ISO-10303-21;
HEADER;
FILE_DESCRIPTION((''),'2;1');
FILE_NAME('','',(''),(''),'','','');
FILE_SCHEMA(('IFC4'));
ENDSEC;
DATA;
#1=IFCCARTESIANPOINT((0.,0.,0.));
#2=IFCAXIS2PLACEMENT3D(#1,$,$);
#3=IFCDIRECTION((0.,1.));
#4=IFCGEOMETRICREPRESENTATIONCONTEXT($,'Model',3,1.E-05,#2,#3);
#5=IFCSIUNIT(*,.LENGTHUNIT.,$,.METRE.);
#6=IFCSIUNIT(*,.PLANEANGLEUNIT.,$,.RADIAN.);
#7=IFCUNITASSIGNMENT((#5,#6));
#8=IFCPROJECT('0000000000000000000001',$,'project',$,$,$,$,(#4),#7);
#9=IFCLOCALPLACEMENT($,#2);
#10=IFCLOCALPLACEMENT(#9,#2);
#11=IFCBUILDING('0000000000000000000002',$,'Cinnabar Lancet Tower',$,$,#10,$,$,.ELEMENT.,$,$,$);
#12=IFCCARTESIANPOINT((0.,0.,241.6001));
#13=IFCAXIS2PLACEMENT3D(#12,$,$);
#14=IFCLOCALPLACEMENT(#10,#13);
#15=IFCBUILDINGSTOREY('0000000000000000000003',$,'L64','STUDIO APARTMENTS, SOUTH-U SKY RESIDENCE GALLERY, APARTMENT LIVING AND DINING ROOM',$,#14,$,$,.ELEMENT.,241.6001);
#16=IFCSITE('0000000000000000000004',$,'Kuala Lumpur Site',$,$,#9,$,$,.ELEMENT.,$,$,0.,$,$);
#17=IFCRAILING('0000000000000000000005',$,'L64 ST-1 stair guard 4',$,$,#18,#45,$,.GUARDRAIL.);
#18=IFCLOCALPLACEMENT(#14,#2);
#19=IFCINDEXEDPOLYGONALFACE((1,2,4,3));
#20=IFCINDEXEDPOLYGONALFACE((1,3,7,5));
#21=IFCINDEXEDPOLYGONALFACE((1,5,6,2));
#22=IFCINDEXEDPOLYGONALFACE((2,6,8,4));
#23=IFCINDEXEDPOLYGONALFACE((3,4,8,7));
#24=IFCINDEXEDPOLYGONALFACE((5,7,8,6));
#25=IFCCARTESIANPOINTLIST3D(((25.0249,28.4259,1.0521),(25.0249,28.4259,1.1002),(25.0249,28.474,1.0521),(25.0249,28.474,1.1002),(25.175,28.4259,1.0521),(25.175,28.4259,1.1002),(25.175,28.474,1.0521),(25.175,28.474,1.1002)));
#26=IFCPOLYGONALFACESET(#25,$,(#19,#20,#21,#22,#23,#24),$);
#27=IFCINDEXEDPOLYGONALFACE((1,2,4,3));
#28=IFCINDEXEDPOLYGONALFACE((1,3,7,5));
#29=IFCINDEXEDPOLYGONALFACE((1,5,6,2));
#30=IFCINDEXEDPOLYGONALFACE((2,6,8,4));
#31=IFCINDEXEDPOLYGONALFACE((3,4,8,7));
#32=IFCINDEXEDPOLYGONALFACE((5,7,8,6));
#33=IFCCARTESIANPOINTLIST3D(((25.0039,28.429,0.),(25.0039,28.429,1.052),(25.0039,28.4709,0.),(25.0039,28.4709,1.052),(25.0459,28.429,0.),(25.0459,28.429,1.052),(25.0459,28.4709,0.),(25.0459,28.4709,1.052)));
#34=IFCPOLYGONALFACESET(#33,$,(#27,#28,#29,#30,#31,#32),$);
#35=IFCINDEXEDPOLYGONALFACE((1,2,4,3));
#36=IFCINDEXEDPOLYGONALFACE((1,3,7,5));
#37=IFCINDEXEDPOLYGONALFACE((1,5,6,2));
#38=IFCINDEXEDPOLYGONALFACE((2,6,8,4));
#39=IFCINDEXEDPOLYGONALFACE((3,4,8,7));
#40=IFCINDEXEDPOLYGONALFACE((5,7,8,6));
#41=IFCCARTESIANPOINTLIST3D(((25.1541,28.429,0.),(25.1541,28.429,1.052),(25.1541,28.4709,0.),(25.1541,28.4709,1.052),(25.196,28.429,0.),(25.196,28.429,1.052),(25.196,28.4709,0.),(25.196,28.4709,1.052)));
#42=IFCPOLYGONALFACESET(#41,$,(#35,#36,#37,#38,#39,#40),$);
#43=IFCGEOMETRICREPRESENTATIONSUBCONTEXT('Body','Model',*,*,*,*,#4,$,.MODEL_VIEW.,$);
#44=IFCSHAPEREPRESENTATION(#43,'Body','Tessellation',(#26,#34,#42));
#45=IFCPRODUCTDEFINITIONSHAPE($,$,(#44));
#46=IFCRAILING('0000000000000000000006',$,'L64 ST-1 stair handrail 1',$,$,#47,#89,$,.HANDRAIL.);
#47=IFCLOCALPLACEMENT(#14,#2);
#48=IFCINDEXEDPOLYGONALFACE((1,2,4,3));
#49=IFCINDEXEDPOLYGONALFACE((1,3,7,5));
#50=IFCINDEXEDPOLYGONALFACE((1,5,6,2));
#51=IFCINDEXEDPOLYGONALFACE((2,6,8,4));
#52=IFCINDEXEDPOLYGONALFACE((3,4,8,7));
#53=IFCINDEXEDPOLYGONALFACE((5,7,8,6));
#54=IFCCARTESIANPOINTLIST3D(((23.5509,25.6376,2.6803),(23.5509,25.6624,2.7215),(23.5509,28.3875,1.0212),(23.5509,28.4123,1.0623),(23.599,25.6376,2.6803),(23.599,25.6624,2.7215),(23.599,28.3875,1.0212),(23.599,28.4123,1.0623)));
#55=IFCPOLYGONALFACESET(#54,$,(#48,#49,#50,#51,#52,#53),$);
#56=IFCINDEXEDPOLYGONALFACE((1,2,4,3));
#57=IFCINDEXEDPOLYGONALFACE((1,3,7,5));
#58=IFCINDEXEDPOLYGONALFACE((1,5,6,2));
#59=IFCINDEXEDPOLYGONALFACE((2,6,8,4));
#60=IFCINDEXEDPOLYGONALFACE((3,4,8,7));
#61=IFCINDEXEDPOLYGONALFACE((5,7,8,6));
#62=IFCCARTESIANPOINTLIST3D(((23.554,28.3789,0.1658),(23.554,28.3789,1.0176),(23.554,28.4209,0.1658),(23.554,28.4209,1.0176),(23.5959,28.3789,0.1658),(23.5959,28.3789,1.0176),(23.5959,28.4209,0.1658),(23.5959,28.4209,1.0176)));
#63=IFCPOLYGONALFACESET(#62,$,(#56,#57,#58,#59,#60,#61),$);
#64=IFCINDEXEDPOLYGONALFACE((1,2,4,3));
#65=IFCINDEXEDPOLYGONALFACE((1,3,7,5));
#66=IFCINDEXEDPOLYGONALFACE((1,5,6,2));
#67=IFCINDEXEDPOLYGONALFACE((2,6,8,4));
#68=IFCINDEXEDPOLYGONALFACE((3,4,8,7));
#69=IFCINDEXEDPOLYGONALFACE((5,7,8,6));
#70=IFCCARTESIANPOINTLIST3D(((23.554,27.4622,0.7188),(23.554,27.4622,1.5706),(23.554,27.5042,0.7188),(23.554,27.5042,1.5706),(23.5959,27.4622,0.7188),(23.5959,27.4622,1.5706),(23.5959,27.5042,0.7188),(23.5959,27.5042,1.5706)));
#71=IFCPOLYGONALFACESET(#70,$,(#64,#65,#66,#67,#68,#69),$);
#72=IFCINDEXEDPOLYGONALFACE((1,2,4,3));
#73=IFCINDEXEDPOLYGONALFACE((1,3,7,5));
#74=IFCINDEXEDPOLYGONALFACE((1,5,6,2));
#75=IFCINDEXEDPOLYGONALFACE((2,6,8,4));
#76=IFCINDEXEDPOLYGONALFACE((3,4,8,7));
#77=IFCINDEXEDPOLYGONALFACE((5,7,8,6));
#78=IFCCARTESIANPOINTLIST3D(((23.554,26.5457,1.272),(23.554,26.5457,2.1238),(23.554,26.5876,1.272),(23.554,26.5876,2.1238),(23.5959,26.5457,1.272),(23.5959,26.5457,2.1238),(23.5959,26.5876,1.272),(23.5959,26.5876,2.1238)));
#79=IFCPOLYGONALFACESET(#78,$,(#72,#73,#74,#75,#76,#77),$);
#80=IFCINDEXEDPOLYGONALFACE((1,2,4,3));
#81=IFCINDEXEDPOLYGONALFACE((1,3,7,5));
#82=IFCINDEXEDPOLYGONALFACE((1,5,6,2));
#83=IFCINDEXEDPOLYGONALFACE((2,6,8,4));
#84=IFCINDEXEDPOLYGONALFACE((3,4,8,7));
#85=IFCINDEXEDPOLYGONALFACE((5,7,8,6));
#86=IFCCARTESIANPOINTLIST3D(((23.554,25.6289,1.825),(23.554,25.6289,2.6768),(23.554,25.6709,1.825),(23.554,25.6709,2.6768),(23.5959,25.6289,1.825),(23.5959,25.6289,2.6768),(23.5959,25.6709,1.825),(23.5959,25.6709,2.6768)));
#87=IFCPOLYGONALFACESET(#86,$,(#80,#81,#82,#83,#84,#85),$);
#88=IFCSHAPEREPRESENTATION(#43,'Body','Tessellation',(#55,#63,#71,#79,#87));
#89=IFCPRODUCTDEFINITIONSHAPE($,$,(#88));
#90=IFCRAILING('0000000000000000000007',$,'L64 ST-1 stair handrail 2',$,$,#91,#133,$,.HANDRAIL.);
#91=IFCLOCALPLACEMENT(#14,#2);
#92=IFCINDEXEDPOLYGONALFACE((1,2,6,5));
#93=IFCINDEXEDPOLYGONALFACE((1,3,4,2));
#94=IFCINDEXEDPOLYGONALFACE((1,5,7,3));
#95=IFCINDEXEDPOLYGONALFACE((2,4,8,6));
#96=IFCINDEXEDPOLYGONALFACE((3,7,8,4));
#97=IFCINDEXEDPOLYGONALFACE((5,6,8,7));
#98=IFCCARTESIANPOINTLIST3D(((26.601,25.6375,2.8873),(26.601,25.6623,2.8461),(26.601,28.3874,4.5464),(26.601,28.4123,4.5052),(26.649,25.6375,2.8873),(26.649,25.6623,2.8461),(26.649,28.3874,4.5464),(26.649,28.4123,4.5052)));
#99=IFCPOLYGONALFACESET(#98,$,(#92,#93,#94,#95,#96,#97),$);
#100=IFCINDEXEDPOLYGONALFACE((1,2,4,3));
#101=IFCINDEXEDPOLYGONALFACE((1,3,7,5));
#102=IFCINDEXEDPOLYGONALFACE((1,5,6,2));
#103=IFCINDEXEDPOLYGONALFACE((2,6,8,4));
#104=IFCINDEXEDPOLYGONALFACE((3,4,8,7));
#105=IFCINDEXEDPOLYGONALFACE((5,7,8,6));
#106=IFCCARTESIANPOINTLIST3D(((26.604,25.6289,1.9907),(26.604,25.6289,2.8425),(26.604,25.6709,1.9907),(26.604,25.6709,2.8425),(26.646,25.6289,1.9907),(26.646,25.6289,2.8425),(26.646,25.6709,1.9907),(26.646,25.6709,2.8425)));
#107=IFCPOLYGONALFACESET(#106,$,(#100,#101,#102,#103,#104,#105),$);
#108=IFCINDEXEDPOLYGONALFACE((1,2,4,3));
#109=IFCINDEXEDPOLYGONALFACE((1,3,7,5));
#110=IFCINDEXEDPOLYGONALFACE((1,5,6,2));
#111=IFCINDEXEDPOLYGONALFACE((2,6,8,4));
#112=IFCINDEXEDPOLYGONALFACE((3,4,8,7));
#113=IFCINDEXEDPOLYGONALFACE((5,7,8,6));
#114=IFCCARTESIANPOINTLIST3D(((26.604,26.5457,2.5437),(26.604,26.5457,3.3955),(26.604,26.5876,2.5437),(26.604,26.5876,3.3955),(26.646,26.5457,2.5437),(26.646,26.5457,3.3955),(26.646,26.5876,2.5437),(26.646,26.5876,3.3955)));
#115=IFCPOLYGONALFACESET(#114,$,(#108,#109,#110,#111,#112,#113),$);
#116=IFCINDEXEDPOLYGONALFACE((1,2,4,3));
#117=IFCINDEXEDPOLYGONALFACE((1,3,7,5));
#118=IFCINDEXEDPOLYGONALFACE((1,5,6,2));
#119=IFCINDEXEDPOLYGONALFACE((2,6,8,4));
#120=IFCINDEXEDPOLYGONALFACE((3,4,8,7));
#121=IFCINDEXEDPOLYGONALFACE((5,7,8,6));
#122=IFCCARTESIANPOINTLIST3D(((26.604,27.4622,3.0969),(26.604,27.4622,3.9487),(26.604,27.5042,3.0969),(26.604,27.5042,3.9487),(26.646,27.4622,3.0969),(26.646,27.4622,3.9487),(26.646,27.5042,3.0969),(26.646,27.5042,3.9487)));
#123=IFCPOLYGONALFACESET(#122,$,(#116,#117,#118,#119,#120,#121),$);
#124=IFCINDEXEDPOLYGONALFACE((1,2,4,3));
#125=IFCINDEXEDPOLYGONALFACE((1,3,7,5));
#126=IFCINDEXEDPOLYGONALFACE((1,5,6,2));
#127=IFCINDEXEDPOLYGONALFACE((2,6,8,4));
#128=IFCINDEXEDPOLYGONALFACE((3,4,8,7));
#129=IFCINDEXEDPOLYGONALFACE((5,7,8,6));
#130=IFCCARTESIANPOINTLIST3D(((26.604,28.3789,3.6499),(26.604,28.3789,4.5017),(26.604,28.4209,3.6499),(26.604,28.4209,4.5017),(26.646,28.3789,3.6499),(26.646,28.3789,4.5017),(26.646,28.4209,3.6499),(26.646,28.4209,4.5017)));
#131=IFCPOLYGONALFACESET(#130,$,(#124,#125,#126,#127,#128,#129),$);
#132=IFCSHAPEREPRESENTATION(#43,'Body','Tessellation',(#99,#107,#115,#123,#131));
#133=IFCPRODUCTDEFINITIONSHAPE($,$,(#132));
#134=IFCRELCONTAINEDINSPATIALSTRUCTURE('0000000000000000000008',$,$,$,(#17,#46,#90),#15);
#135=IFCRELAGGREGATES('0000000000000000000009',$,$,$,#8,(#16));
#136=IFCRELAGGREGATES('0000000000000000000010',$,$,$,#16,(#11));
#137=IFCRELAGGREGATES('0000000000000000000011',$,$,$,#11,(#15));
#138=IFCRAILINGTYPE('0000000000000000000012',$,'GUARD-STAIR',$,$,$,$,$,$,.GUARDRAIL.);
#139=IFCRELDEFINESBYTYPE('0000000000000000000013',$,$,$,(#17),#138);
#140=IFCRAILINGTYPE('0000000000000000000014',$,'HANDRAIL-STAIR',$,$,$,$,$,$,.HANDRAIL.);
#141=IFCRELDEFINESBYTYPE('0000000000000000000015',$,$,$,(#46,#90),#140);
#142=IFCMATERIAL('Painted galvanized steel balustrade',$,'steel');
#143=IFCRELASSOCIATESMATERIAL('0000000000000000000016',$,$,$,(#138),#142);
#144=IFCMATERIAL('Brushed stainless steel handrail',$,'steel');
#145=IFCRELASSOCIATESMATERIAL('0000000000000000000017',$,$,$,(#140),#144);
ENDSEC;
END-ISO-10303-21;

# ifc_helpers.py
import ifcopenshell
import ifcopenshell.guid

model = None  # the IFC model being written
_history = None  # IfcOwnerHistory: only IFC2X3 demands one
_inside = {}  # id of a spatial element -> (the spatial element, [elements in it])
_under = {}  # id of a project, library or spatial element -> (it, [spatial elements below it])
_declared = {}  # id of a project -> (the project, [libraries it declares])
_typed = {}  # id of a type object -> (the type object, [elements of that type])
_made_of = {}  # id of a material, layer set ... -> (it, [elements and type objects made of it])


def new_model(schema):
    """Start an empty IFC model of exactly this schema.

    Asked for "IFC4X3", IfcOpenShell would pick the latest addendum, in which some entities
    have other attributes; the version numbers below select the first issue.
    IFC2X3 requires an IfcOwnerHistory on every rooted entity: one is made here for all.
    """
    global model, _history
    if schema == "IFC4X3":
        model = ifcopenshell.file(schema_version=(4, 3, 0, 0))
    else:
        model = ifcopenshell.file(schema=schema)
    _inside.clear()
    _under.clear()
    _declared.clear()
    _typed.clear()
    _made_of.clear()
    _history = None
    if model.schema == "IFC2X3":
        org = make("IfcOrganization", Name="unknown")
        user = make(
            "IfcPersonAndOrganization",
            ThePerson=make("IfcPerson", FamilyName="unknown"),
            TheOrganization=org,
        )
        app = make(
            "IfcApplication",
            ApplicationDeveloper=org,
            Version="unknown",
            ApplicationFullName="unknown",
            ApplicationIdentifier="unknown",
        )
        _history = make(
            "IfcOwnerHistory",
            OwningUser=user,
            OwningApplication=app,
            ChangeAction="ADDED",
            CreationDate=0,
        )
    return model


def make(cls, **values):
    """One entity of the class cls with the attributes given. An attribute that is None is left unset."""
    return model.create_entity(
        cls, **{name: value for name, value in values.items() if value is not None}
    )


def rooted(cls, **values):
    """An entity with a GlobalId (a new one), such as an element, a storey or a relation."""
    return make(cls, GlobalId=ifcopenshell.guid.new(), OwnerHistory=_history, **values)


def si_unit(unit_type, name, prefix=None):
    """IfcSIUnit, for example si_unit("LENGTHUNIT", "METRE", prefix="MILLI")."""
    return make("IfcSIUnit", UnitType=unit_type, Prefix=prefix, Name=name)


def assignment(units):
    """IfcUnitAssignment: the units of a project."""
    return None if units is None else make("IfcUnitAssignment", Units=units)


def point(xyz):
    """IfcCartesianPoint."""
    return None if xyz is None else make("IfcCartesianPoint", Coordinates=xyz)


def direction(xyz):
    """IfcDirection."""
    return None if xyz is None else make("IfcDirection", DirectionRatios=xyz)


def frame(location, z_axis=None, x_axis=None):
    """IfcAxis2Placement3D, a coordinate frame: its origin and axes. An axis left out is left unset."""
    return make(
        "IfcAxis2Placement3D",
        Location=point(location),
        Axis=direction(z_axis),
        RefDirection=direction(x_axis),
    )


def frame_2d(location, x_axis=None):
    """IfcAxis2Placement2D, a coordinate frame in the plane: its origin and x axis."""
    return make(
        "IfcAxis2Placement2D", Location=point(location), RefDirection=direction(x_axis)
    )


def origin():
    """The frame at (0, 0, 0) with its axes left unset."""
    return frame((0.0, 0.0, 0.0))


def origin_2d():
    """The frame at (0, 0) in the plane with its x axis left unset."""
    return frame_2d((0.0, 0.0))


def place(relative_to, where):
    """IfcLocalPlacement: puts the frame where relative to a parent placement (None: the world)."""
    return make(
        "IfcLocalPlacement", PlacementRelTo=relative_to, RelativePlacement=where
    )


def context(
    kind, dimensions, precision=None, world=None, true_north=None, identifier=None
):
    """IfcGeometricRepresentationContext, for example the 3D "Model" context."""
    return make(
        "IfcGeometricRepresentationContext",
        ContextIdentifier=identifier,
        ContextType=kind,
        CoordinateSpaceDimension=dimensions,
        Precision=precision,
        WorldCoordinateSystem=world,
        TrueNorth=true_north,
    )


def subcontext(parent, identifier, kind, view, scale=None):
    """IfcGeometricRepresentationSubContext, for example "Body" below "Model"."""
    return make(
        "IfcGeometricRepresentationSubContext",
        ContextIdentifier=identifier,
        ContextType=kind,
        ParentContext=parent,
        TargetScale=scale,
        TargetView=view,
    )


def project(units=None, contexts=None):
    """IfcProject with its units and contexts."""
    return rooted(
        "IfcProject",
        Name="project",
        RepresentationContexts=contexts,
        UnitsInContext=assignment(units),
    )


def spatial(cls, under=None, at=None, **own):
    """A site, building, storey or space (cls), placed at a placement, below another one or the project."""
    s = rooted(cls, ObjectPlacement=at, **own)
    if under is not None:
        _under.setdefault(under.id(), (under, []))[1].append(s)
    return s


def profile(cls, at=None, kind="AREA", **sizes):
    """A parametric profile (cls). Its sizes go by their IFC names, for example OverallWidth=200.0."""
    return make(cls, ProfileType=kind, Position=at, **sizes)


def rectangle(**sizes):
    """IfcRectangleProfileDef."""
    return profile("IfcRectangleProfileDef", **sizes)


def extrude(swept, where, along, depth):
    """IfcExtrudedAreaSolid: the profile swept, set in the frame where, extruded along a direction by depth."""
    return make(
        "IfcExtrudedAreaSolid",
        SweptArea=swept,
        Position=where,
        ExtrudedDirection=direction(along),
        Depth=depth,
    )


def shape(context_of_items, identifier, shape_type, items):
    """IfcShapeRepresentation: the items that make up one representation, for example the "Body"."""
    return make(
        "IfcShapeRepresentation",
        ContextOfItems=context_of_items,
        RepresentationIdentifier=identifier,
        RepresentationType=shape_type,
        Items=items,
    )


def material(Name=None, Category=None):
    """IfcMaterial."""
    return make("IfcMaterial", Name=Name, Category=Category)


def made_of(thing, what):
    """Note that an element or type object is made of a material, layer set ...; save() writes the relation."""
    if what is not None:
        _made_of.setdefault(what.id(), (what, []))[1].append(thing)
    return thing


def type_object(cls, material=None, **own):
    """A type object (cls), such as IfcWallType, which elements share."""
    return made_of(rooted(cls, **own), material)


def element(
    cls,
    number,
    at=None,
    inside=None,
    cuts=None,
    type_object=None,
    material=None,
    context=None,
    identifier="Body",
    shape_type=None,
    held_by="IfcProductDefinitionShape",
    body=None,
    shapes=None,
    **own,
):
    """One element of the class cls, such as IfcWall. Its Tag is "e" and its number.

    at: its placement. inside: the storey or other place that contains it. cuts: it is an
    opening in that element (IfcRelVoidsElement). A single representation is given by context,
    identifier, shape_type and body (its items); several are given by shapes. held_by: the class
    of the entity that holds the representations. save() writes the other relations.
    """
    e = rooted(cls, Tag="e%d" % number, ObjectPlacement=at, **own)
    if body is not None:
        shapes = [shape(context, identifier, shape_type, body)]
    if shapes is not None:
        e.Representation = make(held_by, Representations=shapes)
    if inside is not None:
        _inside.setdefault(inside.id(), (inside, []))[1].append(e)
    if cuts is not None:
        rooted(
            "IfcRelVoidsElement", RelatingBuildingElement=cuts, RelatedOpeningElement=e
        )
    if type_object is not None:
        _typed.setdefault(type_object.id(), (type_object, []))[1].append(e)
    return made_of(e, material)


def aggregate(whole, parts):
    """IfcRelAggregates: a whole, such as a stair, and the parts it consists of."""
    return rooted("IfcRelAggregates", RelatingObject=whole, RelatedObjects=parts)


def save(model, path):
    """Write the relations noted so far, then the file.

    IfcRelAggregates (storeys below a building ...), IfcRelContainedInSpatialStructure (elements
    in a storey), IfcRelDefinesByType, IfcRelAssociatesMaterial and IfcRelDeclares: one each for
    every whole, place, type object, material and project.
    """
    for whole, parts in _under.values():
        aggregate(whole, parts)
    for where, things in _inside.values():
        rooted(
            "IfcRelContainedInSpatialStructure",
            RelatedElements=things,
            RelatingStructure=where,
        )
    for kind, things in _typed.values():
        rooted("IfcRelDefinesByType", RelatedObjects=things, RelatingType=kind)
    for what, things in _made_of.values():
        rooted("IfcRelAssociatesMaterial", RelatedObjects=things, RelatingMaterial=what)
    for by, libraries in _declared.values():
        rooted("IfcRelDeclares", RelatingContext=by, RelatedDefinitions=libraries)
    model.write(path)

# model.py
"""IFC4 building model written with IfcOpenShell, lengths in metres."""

from ifc_helpers import new_model, si_unit, direction, frame, origin, origin_2d, place, context, subcontext, project, spatial, rectangle, extrude, material, type_object, element, save


model = new_model("IFC4")

# Units and contexts
model_context = context("Model", 3, precision=1e-05, world=origin(), true_north=direction((0.0, 1.0)))
body_context = subcontext(model_context, "Body", "Model", "MODEL_VIEW")
ifc_project = project(units=[si_unit("LENGTHUNIT", "METRE"), si_unit("PLANEANGLEUNIT", "RADIAN")], contexts=[model_context])

# Site, building, storey
site_placement = place(None, origin())
site = spatial("IfcSite", under=ifc_project, at=site_placement, Name="Kuala Lumpur Site", CompositionType="ELEMENT", RefElevation=0.0)
building_placement = place(site_placement, origin())
building = spatial("IfcBuilding", under=site, at=building_placement, Name="Cinnabar Lancet Tower", CompositionType="ELEMENT")
storey_placement = place(building_placement, frame((0.0, 0.0, 241.6001)))
storey = spatial("IfcBuildingStorey", under=building, at=storey_placement, Name="L64", Description="STUDIO APARTMENTS, SOUTH-U SKY RESIDENCE GALLERY, APARTMENT LIVING AND DINING ROOM", CompositionType="ELEMENT", Elevation=241.6001)

# Railings
ifc_material_1 = material(Name="Painted galvanized steel balustrade", Category="steel")
railing_type_1 = type_object("IfcRailingType", Name="GUARD-STAIR", PredefinedType="GUARDRAIL", material=ifc_material_1)
railing_1_placement = place(storey_placement, frame((25.0249, 28.45, 0.0)))
element("IfcRailing", 1, at=railing_1_placement, inside=storey, type_object=railing_type_1, Name="L64 ST-1 stair guard 4", PredefinedType="GUARDRAIL", context=body_context, shape_type="SweptSolid", body=[
    extrude(rectangle(XDim=0.0481, YDim=0.0481, at=origin_2d()), frame((0.0, 0.0, 1.0762), z_axis=(1.0, 0.0, 0.0), x_axis=(0.0, 1.0, 0.0)), (0.0, 0.0, 1.0), 0.1501),
    extrude(rectangle(XDim=0.042, YDim=0.042, at=origin_2d()), origin(), (0.0, 0.0, 1.0), 1.052),
    extrude(rectangle(XDim=0.042, YDim=0.042, at=origin_2d()), frame((0.1501, 0.0, 0.0)), (0.0, 0.0, 1.0), 1.052),
])
ifc_material_2 = material(Name="Brushed stainless steel handrail", Category="steel")
railing_type_2 = type_object("IfcRailingType", Name="HANDRAIL-STAIR", PredefinedType="HANDRAIL", material=ifc_material_2)
railing_2_placement = place(storey_placement, frame((23.575, 28.3999, 0.1658)))
element("IfcRailing", 2, at=railing_2_placement, inside=storey, type_object=railing_type_2, Name="L64 ST-1 stair handrail 1", PredefinedType="HANDRAIL", context=body_context, shape_type="SweptSolid", body=[
    extrude(rectangle(XDim=0.0481, YDim=0.0481, at=origin_2d()), frame((0.0, 0.0, 0.876), z_axis=(0.0, -0.856229, 0.516596), x_axis=(1.0, 0.0, 0.0)), (0.0, 0.0, 1.0), 3.2117),
    extrude(rectangle(XDim=0.042, YDim=0.042, at=origin_2d()), origin(), (0.0, 0.0, 1.0), 0.8518),
    extrude(rectangle(XDim=0.042, YDim=0.042, at=origin_2d()), frame((0.0, -0.9167, 0.553)), (0.0, 0.0, 1.0), 0.8518),
    extrude(rectangle(XDim=0.042, YDim=0.042, at=origin_2d()), frame((0.0, -1.8333, 1.1062)), (0.0, 0.0, 1.0), 0.8518),
    extrude(rectangle(XDim=0.042, YDim=0.042, at=origin_2d()), frame((0.0, -2.75, 1.6592)), (0.0, 0.0, 1.0), 0.8518),
])
railing_3_placement = place(storey_placement, frame((26.625, 25.6499, 1.9907)))
element("IfcRailing", 3, at=railing_3_placement, inside=storey, type_object=railing_type_2, Name="L64 ST-1 stair handrail 2", PredefinedType="HANDRAIL", context=body_context, shape_type="SweptSolid", body=[
    extrude(rectangle(XDim=0.0481, YDim=0.0481, at=origin_2d()), frame((0.0, 0.0, 0.876), z_axis=(0.0, 0.856229, 0.516596), x_axis=(-1.0, 0.0, 0.0)), (0.0, 0.0, 1.0), 3.2117),
    extrude(rectangle(XDim=0.042, YDim=0.042, at=origin_2d()), origin(), (0.0, 0.0, 1.0), 0.8518),
    extrude(rectangle(XDim=0.042, YDim=0.042, at=origin_2d()), frame((0.0, 0.9167, 0.553)), (0.0, 0.0, 1.0), 0.8518),
    extrude(rectangle(XDim=0.042, YDim=0.042, at=origin_2d()), frame((0.0, 1.8333, 1.1062)), (0.0, 0.0, 1.0), 0.8518),
    extrude(rectangle(XDim=0.042, YDim=0.042, at=origin_2d()), frame((0.0, 2.75, 1.6592)), (0.0, 0.0, 1.0), 0.8518),
])

save(model, "model.ifc")
